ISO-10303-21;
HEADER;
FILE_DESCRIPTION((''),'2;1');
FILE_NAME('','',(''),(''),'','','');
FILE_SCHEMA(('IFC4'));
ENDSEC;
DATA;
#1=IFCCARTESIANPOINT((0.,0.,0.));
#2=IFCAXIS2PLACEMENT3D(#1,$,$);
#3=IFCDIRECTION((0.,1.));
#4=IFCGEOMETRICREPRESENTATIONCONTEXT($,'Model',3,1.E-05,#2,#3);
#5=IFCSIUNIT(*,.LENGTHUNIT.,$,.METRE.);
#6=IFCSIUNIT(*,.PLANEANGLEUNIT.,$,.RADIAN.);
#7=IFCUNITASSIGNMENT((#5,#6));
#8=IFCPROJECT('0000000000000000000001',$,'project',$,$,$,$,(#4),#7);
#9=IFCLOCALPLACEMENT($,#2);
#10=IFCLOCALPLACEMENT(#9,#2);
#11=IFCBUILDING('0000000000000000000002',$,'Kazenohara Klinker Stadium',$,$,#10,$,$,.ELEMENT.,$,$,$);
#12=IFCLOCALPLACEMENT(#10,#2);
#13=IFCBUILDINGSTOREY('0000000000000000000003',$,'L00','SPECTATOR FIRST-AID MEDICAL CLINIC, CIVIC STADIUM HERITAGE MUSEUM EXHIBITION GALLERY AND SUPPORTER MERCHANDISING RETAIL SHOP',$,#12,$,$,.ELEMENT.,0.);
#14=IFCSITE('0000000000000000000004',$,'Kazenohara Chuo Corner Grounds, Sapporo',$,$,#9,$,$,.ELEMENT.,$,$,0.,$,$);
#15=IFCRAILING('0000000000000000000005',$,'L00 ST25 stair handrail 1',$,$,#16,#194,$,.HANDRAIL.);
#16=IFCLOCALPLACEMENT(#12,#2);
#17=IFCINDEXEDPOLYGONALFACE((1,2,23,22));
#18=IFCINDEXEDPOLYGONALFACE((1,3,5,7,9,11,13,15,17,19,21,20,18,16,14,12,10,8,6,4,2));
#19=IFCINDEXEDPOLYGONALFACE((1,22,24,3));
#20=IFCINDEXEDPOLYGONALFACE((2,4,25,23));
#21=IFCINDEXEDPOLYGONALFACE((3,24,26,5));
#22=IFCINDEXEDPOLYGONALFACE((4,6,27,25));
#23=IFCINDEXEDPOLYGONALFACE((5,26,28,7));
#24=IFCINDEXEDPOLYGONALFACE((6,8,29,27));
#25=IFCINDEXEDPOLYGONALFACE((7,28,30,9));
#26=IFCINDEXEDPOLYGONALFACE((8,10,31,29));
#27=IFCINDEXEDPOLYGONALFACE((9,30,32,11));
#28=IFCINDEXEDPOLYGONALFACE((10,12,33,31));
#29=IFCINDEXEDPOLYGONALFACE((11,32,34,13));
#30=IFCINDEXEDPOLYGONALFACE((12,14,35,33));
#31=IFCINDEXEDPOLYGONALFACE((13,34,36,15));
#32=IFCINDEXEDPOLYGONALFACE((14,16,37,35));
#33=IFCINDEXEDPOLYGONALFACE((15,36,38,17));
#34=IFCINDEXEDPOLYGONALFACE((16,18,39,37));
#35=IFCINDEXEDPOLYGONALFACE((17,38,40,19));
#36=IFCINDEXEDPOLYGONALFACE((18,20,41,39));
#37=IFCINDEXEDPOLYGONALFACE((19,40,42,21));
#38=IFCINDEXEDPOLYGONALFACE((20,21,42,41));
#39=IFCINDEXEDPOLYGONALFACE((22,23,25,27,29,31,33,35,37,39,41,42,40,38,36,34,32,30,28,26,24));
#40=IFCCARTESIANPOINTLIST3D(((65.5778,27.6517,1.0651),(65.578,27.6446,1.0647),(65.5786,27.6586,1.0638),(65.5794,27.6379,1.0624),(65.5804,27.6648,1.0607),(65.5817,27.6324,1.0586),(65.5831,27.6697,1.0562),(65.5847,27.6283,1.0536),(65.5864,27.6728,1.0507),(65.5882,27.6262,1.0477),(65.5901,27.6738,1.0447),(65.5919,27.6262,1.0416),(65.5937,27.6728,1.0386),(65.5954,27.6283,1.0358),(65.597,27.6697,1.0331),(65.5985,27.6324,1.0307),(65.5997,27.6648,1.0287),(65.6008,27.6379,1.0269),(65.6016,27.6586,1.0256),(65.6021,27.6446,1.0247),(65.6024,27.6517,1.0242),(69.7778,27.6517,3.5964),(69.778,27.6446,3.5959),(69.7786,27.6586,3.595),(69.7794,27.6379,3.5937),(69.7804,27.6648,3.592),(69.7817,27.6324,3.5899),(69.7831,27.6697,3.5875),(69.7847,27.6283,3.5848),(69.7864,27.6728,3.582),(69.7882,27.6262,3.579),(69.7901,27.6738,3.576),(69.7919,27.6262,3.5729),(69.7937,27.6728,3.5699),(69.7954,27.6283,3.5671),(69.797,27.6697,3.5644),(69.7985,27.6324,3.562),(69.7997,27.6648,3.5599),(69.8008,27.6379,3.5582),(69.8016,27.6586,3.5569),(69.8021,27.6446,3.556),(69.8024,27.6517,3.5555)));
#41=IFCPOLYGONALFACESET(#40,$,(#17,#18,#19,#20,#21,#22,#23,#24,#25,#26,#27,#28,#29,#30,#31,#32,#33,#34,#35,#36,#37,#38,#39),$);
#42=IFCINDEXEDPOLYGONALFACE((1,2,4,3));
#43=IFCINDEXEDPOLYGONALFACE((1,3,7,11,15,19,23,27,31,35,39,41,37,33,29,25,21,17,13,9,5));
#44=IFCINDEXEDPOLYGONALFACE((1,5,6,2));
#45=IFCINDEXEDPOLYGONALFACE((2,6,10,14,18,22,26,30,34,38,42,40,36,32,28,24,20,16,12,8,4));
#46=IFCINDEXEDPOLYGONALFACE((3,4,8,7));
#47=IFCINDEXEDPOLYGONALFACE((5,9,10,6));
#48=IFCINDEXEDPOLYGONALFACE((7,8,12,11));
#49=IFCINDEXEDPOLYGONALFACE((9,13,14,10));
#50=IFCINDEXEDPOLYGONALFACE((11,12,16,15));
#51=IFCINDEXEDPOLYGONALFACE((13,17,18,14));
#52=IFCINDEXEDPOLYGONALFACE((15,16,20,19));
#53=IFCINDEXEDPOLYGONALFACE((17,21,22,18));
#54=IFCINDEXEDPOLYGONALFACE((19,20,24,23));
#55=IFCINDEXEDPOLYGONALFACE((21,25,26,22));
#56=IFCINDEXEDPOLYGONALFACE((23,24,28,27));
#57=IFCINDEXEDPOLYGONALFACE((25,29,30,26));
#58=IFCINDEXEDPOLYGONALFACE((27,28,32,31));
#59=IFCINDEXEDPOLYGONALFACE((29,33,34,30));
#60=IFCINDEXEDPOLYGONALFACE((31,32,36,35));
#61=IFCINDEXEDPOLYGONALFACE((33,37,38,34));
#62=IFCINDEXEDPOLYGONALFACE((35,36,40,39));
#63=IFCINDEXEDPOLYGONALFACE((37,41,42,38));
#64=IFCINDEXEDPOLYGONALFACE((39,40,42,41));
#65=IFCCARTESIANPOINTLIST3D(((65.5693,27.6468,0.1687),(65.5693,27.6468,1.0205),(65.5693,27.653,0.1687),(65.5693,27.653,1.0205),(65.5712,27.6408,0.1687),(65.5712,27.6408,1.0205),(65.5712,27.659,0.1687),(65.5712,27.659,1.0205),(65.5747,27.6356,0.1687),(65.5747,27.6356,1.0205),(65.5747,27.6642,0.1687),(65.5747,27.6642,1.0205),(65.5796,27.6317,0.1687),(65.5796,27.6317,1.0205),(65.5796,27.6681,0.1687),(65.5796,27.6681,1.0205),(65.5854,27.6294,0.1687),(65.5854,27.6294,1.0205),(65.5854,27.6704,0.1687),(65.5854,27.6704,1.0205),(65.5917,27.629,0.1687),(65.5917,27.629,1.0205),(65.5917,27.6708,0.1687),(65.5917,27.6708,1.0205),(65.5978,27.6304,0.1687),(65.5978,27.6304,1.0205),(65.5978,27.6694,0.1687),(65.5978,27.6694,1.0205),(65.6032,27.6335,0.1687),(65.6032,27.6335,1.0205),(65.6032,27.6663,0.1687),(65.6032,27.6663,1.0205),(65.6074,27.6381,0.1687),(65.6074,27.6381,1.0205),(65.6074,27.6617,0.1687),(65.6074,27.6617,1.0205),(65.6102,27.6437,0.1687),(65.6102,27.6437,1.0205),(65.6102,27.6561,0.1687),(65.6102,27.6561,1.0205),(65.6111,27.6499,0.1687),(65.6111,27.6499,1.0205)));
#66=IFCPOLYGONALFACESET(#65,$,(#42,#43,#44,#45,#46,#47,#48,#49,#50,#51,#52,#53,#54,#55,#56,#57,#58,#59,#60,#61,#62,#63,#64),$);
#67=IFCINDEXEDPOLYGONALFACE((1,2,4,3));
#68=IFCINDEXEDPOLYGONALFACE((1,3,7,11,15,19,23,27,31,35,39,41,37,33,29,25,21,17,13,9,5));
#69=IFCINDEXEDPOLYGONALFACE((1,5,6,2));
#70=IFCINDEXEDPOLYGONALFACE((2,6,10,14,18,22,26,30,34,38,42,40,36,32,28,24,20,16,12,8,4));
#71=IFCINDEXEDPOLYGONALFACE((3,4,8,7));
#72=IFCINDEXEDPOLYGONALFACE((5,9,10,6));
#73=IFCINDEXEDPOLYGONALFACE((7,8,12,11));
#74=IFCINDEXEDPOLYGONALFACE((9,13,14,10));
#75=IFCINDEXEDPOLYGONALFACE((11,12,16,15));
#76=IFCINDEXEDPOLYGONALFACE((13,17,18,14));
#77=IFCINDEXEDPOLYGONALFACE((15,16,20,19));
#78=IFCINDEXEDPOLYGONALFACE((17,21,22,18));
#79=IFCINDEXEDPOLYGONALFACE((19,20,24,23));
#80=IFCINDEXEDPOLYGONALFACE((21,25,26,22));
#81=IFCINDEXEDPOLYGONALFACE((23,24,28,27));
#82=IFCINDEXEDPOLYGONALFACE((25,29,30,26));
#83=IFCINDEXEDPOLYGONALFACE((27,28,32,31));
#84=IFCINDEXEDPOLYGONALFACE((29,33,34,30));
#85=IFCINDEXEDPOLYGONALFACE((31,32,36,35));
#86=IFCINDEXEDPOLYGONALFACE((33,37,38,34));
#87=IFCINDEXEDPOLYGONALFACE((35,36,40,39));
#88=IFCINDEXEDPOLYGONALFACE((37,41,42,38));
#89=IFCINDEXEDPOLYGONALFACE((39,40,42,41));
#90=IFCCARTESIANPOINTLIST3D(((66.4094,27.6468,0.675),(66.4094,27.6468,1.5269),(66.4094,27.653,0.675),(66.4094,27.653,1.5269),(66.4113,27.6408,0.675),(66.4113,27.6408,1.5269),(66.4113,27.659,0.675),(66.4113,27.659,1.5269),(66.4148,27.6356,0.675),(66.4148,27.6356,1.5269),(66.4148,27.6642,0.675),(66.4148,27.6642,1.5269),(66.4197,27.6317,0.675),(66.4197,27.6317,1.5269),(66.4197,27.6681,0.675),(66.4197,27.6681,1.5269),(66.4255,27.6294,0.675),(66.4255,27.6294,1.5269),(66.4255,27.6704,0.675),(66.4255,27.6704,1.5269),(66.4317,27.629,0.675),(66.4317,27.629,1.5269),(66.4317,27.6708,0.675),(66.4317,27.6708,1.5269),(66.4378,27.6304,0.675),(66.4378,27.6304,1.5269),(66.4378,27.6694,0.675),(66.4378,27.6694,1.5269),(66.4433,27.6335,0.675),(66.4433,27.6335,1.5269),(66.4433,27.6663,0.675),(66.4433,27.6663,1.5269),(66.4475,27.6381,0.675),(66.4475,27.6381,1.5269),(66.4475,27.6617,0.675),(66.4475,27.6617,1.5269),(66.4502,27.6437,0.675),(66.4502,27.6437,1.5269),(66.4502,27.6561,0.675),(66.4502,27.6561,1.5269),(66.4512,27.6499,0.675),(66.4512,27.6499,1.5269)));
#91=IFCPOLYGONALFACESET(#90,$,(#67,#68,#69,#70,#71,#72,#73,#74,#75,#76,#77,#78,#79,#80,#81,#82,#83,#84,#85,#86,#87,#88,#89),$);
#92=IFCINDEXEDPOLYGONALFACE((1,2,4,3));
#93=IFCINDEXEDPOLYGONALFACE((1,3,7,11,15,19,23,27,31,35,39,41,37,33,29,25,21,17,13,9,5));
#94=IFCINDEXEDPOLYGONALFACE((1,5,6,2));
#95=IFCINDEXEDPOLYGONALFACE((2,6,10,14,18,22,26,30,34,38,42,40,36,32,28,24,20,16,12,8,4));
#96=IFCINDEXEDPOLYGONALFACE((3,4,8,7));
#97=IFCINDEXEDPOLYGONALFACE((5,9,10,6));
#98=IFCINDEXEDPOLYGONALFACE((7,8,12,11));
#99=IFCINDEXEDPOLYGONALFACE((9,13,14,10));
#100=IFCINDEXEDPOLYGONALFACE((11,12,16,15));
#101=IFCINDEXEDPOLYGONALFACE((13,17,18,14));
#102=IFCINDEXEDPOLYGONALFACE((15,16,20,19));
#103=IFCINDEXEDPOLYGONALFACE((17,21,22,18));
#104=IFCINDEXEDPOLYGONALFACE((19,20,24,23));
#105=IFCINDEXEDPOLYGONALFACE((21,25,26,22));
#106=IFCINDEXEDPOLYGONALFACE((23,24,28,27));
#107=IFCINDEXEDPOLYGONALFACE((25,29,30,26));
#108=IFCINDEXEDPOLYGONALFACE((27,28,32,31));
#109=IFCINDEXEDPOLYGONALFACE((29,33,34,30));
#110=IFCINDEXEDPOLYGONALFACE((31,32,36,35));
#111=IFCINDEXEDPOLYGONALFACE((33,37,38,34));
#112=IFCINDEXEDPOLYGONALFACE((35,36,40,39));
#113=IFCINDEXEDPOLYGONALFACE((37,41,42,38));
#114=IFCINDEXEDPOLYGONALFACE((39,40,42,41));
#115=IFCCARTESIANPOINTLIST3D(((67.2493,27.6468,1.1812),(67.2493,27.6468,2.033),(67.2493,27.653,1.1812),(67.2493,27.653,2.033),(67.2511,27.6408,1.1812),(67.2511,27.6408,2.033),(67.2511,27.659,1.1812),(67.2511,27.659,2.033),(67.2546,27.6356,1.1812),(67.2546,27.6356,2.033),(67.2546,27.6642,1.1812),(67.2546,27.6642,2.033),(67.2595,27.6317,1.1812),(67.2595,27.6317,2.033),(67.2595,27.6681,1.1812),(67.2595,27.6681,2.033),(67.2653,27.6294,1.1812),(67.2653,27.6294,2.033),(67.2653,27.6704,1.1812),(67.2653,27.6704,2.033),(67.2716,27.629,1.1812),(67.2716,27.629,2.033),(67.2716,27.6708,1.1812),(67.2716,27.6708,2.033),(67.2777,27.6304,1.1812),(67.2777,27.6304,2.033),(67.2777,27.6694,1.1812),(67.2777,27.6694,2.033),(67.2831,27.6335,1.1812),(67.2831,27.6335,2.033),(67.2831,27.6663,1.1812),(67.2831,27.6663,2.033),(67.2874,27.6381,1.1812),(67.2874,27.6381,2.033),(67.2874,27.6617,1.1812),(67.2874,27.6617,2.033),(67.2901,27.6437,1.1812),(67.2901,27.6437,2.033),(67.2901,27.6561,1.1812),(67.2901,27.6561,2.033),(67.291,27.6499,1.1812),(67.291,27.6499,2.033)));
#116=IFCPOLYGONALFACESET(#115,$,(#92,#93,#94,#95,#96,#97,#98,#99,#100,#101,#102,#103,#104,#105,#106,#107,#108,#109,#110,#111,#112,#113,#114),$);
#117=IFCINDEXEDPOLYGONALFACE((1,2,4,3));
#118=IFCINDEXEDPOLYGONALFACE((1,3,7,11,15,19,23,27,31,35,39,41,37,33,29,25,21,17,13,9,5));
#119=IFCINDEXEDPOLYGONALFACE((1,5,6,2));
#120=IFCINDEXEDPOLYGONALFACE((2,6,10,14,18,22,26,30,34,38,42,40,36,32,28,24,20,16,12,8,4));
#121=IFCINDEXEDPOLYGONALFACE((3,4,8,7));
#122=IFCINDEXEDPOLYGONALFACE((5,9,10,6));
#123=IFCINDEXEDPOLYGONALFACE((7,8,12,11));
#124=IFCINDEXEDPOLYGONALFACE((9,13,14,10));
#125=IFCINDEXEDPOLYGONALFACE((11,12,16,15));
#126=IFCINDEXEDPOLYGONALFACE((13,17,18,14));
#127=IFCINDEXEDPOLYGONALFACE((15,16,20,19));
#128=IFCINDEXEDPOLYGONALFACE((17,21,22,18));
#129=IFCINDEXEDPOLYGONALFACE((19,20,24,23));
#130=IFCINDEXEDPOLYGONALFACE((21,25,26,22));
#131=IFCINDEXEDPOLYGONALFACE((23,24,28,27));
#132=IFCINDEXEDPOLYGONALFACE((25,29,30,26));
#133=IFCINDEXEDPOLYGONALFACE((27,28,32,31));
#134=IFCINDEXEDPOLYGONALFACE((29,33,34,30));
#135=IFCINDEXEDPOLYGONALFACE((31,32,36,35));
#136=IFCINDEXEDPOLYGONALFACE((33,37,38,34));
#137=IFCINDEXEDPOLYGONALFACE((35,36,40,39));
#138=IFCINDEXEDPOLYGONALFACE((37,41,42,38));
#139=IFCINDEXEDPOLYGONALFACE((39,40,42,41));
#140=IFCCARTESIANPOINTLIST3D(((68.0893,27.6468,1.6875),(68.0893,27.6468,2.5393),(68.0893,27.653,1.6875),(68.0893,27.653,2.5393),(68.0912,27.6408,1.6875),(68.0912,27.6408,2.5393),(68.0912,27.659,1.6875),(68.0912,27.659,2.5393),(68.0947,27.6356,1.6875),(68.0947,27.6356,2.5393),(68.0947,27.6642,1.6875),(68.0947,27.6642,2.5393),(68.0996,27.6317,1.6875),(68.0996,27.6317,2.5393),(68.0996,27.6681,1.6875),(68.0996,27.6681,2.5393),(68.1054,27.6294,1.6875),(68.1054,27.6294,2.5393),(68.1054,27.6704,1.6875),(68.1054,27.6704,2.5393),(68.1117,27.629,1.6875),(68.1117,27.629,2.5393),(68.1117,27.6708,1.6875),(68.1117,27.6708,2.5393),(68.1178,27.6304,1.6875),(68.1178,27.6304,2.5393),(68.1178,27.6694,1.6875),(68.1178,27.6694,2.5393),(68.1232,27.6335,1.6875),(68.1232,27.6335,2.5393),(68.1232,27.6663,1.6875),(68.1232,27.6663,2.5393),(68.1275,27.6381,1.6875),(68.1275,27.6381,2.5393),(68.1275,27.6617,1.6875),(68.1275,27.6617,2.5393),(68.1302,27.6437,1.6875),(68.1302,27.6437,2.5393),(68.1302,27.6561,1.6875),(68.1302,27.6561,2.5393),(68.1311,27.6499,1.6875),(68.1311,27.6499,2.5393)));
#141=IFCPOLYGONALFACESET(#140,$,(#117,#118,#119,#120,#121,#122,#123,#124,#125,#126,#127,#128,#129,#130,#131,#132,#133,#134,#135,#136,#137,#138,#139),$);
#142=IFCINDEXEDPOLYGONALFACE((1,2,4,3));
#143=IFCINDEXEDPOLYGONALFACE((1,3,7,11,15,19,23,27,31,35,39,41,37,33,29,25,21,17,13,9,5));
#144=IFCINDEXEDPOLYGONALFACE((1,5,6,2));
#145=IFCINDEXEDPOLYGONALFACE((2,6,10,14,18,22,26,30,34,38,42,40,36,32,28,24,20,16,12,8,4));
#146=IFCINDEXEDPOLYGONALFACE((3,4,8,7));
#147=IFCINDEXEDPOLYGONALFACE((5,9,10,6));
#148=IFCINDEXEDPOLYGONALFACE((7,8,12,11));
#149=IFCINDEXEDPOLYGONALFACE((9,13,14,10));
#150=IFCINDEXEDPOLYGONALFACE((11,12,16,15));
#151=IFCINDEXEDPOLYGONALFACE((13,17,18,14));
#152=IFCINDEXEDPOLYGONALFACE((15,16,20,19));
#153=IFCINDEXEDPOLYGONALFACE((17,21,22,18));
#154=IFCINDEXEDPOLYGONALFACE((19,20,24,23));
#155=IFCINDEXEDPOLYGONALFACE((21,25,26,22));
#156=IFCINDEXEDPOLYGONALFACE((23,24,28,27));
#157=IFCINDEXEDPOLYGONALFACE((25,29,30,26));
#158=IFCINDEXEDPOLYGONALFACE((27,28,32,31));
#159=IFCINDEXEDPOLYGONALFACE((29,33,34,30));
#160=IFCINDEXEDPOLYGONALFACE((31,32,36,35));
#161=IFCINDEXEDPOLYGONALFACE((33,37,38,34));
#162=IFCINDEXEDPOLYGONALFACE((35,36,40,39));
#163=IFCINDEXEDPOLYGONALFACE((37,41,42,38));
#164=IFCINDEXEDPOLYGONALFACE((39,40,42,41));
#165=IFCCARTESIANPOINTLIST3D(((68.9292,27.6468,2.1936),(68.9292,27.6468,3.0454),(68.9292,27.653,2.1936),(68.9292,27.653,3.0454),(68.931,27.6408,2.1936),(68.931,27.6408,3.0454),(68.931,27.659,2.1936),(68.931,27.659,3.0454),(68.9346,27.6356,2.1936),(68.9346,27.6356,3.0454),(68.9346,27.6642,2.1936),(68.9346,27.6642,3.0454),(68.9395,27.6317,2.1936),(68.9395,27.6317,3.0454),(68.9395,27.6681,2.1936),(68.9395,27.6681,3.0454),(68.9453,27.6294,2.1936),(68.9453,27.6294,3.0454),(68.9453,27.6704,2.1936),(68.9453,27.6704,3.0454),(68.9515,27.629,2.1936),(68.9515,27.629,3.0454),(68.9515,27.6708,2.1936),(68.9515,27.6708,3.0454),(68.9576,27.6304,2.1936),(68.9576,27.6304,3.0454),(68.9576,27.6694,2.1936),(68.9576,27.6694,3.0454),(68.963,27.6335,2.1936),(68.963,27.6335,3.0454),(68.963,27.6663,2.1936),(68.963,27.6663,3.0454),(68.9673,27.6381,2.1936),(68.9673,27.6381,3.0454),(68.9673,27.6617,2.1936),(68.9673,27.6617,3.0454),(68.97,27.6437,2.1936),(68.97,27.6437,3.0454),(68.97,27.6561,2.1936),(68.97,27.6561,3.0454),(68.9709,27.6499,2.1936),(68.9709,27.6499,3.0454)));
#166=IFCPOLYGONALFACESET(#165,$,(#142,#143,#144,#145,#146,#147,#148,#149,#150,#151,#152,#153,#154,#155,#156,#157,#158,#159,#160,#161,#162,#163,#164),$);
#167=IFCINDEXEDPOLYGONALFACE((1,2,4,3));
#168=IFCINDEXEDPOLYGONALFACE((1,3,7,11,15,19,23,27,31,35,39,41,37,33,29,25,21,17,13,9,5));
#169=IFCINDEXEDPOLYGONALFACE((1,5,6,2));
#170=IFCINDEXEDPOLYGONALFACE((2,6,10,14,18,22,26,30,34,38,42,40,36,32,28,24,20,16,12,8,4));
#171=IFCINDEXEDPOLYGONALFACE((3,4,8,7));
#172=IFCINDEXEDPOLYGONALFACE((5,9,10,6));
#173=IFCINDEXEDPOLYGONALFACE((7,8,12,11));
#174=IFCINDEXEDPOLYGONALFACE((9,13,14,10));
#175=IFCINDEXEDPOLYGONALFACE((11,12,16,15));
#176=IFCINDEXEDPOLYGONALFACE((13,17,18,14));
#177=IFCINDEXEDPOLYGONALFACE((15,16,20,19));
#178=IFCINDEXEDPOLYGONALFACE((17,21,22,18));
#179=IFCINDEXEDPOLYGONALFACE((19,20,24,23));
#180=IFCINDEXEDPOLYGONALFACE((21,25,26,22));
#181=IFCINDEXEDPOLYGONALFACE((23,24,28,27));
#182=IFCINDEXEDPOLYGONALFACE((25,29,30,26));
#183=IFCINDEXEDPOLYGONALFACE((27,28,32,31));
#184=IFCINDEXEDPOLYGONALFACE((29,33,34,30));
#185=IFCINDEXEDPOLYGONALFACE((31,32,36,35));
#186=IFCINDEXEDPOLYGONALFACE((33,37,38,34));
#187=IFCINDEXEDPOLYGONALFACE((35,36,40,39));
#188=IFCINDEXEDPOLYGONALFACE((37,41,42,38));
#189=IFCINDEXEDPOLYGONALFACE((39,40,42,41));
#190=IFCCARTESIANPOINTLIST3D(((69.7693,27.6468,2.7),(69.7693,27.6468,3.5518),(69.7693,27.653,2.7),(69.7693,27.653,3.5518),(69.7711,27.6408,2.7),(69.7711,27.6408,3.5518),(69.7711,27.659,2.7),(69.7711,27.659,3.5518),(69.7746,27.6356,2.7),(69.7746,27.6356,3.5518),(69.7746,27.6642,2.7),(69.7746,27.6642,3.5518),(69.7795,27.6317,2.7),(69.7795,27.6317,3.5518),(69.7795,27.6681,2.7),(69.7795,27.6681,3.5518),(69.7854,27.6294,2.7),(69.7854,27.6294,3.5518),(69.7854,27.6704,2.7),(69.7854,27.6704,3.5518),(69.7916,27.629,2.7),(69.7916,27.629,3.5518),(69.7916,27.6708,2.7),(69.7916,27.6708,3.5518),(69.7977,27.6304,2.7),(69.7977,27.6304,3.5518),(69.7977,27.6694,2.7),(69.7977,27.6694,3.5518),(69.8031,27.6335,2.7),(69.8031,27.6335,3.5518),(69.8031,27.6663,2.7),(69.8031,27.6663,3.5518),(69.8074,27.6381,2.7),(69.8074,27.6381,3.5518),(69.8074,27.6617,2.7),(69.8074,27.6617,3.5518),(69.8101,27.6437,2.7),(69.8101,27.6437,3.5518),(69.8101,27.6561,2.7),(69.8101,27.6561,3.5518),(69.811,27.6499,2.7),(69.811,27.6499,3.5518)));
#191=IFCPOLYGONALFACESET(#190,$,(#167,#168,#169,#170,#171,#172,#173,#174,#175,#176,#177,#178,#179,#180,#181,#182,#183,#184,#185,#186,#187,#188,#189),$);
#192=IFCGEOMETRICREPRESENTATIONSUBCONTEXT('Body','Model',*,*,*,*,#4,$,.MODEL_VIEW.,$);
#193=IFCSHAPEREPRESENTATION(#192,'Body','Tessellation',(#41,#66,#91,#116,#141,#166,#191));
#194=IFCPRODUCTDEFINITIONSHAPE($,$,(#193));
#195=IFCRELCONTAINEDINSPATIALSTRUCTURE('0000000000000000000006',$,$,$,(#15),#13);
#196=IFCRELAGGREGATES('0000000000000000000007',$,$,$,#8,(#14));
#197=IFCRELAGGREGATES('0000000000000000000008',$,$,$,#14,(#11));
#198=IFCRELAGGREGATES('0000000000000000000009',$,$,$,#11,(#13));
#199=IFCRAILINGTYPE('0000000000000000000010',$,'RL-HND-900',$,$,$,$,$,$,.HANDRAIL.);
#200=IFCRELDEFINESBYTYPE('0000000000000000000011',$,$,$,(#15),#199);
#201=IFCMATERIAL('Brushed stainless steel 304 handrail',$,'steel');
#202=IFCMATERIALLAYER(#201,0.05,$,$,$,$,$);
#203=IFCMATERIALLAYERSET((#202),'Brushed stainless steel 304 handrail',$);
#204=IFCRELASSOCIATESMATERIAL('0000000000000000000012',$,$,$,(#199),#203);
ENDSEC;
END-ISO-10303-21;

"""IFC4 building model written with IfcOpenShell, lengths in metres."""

from ifc_helpers import new_model, si_unit, direction, frame, origin, origin_2d, place, context, subcontext, project, spatial, circle, extrude, material, layer, layer_set, type_object, element, save


model = new_model("IFC4")

# Units and contexts
model_context = context("Model", 3, precision=1e-05, world=origin(), true_north=direction((0.0, 1.0)))
body_context = subcontext(model_context, "Body", "Model", "MODEL_VIEW")
ifc_project = project(units=[si_unit("LENGTHUNIT", "METRE"), si_unit("PLANEANGLEUNIT", "RADIAN")], contexts=[model_context])

# Site, building, storey
site_placement = place(None, origin())
site = spatial("IfcSite", under=ifc_project, at=site_placement, Name="Kazenohara Chuo Corner Grounds, Sapporo", CompositionType="ELEMENT", RefElevation=0.0)
building_placement = place(site_placement, origin())
building = spatial("IfcBuilding", under=site, at=building_placement, Name="Kazenohara Klinker Stadium", CompositionType="ELEMENT")
storey_placement = place(building_placement, origin())
storey = spatial("IfcBuildingStorey", under=building, at=storey_placement, Name="L00", Description="SPECTATOR FIRST-AID MEDICAL CLINIC, CIVIC STADIUM HERITAGE MUSEUM EXHIBITION GALLERY AND SUPPORTER MERCHANDISING RETAIL SHOP", CompositionType="ELEMENT", Elevation=0.0)

# Railing
ifc_material_1 = material(Name="Brushed stainless steel 304 handrail", Category="steel")
ifc_layer_1 = layer(ifc_material_1, 0.05)
ifc_layer_set_1 = layer_set([ifc_layer_1], Name="Brushed stainless steel 304 handrail")
railing_type_1 = type_object("IfcRailingType", Name="RL-HND-900", PredefinedType="HANDRAIL", material=ifc_layer_set_1)
railing_1_placement = place(storey_placement, frame((65.5901, 27.6499, 0.1687)))
element("IfcRailing", 1, at=railing_1_placement, inside=storey, type_object=railing_type_1, Name="L00 ST25 stair handrail 1", PredefinedType="HANDRAIL", context=body_context, shape_type="SweptSolid", body=[
    extrude(circle(Radius=0.0239, at=origin_2d()), frame((0.0, 0.0, 0.876), z_axis=(0.856476, 0.0, 0.516186), x_axis=(0.0, 1.0, 0.0)), (0.0, 0.0, 1.0), 4.9038),
    extrude(circle(Radius=0.021, at=origin_2d()), origin(), (0.0, 0.0, 1.0), 0.8518),
    extrude(circle(Radius=0.021, at=origin_2d()), frame((0.8401, 0.0, 0.5063)), (0.0, 0.0, 1.0), 0.8518),
    extrude(circle(Radius=0.021, at=origin_2d()), frame((1.6799, 0.0, 1.0125)), (0.0, 0.0, 1.0), 0.8518),
    extrude(circle(Radius=0.021, at=origin_2d()), frame((2.52, 0.0, 1.5188)), (0.0, 0.0, 1.0), 0.8518),
    extrude(circle(Radius=0.021, at=origin_2d()), frame((3.3599, 0.0, 2.0249)), (0.0, 0.0, 1.0), 0.8518),
    extrude(circle(Radius=0.021, at=origin_2d()), frame((4.2, 0.0, 2.5312)), (0.0, 0.0, 1.0), 0.8518),
])

save(model, "model.ifc")
